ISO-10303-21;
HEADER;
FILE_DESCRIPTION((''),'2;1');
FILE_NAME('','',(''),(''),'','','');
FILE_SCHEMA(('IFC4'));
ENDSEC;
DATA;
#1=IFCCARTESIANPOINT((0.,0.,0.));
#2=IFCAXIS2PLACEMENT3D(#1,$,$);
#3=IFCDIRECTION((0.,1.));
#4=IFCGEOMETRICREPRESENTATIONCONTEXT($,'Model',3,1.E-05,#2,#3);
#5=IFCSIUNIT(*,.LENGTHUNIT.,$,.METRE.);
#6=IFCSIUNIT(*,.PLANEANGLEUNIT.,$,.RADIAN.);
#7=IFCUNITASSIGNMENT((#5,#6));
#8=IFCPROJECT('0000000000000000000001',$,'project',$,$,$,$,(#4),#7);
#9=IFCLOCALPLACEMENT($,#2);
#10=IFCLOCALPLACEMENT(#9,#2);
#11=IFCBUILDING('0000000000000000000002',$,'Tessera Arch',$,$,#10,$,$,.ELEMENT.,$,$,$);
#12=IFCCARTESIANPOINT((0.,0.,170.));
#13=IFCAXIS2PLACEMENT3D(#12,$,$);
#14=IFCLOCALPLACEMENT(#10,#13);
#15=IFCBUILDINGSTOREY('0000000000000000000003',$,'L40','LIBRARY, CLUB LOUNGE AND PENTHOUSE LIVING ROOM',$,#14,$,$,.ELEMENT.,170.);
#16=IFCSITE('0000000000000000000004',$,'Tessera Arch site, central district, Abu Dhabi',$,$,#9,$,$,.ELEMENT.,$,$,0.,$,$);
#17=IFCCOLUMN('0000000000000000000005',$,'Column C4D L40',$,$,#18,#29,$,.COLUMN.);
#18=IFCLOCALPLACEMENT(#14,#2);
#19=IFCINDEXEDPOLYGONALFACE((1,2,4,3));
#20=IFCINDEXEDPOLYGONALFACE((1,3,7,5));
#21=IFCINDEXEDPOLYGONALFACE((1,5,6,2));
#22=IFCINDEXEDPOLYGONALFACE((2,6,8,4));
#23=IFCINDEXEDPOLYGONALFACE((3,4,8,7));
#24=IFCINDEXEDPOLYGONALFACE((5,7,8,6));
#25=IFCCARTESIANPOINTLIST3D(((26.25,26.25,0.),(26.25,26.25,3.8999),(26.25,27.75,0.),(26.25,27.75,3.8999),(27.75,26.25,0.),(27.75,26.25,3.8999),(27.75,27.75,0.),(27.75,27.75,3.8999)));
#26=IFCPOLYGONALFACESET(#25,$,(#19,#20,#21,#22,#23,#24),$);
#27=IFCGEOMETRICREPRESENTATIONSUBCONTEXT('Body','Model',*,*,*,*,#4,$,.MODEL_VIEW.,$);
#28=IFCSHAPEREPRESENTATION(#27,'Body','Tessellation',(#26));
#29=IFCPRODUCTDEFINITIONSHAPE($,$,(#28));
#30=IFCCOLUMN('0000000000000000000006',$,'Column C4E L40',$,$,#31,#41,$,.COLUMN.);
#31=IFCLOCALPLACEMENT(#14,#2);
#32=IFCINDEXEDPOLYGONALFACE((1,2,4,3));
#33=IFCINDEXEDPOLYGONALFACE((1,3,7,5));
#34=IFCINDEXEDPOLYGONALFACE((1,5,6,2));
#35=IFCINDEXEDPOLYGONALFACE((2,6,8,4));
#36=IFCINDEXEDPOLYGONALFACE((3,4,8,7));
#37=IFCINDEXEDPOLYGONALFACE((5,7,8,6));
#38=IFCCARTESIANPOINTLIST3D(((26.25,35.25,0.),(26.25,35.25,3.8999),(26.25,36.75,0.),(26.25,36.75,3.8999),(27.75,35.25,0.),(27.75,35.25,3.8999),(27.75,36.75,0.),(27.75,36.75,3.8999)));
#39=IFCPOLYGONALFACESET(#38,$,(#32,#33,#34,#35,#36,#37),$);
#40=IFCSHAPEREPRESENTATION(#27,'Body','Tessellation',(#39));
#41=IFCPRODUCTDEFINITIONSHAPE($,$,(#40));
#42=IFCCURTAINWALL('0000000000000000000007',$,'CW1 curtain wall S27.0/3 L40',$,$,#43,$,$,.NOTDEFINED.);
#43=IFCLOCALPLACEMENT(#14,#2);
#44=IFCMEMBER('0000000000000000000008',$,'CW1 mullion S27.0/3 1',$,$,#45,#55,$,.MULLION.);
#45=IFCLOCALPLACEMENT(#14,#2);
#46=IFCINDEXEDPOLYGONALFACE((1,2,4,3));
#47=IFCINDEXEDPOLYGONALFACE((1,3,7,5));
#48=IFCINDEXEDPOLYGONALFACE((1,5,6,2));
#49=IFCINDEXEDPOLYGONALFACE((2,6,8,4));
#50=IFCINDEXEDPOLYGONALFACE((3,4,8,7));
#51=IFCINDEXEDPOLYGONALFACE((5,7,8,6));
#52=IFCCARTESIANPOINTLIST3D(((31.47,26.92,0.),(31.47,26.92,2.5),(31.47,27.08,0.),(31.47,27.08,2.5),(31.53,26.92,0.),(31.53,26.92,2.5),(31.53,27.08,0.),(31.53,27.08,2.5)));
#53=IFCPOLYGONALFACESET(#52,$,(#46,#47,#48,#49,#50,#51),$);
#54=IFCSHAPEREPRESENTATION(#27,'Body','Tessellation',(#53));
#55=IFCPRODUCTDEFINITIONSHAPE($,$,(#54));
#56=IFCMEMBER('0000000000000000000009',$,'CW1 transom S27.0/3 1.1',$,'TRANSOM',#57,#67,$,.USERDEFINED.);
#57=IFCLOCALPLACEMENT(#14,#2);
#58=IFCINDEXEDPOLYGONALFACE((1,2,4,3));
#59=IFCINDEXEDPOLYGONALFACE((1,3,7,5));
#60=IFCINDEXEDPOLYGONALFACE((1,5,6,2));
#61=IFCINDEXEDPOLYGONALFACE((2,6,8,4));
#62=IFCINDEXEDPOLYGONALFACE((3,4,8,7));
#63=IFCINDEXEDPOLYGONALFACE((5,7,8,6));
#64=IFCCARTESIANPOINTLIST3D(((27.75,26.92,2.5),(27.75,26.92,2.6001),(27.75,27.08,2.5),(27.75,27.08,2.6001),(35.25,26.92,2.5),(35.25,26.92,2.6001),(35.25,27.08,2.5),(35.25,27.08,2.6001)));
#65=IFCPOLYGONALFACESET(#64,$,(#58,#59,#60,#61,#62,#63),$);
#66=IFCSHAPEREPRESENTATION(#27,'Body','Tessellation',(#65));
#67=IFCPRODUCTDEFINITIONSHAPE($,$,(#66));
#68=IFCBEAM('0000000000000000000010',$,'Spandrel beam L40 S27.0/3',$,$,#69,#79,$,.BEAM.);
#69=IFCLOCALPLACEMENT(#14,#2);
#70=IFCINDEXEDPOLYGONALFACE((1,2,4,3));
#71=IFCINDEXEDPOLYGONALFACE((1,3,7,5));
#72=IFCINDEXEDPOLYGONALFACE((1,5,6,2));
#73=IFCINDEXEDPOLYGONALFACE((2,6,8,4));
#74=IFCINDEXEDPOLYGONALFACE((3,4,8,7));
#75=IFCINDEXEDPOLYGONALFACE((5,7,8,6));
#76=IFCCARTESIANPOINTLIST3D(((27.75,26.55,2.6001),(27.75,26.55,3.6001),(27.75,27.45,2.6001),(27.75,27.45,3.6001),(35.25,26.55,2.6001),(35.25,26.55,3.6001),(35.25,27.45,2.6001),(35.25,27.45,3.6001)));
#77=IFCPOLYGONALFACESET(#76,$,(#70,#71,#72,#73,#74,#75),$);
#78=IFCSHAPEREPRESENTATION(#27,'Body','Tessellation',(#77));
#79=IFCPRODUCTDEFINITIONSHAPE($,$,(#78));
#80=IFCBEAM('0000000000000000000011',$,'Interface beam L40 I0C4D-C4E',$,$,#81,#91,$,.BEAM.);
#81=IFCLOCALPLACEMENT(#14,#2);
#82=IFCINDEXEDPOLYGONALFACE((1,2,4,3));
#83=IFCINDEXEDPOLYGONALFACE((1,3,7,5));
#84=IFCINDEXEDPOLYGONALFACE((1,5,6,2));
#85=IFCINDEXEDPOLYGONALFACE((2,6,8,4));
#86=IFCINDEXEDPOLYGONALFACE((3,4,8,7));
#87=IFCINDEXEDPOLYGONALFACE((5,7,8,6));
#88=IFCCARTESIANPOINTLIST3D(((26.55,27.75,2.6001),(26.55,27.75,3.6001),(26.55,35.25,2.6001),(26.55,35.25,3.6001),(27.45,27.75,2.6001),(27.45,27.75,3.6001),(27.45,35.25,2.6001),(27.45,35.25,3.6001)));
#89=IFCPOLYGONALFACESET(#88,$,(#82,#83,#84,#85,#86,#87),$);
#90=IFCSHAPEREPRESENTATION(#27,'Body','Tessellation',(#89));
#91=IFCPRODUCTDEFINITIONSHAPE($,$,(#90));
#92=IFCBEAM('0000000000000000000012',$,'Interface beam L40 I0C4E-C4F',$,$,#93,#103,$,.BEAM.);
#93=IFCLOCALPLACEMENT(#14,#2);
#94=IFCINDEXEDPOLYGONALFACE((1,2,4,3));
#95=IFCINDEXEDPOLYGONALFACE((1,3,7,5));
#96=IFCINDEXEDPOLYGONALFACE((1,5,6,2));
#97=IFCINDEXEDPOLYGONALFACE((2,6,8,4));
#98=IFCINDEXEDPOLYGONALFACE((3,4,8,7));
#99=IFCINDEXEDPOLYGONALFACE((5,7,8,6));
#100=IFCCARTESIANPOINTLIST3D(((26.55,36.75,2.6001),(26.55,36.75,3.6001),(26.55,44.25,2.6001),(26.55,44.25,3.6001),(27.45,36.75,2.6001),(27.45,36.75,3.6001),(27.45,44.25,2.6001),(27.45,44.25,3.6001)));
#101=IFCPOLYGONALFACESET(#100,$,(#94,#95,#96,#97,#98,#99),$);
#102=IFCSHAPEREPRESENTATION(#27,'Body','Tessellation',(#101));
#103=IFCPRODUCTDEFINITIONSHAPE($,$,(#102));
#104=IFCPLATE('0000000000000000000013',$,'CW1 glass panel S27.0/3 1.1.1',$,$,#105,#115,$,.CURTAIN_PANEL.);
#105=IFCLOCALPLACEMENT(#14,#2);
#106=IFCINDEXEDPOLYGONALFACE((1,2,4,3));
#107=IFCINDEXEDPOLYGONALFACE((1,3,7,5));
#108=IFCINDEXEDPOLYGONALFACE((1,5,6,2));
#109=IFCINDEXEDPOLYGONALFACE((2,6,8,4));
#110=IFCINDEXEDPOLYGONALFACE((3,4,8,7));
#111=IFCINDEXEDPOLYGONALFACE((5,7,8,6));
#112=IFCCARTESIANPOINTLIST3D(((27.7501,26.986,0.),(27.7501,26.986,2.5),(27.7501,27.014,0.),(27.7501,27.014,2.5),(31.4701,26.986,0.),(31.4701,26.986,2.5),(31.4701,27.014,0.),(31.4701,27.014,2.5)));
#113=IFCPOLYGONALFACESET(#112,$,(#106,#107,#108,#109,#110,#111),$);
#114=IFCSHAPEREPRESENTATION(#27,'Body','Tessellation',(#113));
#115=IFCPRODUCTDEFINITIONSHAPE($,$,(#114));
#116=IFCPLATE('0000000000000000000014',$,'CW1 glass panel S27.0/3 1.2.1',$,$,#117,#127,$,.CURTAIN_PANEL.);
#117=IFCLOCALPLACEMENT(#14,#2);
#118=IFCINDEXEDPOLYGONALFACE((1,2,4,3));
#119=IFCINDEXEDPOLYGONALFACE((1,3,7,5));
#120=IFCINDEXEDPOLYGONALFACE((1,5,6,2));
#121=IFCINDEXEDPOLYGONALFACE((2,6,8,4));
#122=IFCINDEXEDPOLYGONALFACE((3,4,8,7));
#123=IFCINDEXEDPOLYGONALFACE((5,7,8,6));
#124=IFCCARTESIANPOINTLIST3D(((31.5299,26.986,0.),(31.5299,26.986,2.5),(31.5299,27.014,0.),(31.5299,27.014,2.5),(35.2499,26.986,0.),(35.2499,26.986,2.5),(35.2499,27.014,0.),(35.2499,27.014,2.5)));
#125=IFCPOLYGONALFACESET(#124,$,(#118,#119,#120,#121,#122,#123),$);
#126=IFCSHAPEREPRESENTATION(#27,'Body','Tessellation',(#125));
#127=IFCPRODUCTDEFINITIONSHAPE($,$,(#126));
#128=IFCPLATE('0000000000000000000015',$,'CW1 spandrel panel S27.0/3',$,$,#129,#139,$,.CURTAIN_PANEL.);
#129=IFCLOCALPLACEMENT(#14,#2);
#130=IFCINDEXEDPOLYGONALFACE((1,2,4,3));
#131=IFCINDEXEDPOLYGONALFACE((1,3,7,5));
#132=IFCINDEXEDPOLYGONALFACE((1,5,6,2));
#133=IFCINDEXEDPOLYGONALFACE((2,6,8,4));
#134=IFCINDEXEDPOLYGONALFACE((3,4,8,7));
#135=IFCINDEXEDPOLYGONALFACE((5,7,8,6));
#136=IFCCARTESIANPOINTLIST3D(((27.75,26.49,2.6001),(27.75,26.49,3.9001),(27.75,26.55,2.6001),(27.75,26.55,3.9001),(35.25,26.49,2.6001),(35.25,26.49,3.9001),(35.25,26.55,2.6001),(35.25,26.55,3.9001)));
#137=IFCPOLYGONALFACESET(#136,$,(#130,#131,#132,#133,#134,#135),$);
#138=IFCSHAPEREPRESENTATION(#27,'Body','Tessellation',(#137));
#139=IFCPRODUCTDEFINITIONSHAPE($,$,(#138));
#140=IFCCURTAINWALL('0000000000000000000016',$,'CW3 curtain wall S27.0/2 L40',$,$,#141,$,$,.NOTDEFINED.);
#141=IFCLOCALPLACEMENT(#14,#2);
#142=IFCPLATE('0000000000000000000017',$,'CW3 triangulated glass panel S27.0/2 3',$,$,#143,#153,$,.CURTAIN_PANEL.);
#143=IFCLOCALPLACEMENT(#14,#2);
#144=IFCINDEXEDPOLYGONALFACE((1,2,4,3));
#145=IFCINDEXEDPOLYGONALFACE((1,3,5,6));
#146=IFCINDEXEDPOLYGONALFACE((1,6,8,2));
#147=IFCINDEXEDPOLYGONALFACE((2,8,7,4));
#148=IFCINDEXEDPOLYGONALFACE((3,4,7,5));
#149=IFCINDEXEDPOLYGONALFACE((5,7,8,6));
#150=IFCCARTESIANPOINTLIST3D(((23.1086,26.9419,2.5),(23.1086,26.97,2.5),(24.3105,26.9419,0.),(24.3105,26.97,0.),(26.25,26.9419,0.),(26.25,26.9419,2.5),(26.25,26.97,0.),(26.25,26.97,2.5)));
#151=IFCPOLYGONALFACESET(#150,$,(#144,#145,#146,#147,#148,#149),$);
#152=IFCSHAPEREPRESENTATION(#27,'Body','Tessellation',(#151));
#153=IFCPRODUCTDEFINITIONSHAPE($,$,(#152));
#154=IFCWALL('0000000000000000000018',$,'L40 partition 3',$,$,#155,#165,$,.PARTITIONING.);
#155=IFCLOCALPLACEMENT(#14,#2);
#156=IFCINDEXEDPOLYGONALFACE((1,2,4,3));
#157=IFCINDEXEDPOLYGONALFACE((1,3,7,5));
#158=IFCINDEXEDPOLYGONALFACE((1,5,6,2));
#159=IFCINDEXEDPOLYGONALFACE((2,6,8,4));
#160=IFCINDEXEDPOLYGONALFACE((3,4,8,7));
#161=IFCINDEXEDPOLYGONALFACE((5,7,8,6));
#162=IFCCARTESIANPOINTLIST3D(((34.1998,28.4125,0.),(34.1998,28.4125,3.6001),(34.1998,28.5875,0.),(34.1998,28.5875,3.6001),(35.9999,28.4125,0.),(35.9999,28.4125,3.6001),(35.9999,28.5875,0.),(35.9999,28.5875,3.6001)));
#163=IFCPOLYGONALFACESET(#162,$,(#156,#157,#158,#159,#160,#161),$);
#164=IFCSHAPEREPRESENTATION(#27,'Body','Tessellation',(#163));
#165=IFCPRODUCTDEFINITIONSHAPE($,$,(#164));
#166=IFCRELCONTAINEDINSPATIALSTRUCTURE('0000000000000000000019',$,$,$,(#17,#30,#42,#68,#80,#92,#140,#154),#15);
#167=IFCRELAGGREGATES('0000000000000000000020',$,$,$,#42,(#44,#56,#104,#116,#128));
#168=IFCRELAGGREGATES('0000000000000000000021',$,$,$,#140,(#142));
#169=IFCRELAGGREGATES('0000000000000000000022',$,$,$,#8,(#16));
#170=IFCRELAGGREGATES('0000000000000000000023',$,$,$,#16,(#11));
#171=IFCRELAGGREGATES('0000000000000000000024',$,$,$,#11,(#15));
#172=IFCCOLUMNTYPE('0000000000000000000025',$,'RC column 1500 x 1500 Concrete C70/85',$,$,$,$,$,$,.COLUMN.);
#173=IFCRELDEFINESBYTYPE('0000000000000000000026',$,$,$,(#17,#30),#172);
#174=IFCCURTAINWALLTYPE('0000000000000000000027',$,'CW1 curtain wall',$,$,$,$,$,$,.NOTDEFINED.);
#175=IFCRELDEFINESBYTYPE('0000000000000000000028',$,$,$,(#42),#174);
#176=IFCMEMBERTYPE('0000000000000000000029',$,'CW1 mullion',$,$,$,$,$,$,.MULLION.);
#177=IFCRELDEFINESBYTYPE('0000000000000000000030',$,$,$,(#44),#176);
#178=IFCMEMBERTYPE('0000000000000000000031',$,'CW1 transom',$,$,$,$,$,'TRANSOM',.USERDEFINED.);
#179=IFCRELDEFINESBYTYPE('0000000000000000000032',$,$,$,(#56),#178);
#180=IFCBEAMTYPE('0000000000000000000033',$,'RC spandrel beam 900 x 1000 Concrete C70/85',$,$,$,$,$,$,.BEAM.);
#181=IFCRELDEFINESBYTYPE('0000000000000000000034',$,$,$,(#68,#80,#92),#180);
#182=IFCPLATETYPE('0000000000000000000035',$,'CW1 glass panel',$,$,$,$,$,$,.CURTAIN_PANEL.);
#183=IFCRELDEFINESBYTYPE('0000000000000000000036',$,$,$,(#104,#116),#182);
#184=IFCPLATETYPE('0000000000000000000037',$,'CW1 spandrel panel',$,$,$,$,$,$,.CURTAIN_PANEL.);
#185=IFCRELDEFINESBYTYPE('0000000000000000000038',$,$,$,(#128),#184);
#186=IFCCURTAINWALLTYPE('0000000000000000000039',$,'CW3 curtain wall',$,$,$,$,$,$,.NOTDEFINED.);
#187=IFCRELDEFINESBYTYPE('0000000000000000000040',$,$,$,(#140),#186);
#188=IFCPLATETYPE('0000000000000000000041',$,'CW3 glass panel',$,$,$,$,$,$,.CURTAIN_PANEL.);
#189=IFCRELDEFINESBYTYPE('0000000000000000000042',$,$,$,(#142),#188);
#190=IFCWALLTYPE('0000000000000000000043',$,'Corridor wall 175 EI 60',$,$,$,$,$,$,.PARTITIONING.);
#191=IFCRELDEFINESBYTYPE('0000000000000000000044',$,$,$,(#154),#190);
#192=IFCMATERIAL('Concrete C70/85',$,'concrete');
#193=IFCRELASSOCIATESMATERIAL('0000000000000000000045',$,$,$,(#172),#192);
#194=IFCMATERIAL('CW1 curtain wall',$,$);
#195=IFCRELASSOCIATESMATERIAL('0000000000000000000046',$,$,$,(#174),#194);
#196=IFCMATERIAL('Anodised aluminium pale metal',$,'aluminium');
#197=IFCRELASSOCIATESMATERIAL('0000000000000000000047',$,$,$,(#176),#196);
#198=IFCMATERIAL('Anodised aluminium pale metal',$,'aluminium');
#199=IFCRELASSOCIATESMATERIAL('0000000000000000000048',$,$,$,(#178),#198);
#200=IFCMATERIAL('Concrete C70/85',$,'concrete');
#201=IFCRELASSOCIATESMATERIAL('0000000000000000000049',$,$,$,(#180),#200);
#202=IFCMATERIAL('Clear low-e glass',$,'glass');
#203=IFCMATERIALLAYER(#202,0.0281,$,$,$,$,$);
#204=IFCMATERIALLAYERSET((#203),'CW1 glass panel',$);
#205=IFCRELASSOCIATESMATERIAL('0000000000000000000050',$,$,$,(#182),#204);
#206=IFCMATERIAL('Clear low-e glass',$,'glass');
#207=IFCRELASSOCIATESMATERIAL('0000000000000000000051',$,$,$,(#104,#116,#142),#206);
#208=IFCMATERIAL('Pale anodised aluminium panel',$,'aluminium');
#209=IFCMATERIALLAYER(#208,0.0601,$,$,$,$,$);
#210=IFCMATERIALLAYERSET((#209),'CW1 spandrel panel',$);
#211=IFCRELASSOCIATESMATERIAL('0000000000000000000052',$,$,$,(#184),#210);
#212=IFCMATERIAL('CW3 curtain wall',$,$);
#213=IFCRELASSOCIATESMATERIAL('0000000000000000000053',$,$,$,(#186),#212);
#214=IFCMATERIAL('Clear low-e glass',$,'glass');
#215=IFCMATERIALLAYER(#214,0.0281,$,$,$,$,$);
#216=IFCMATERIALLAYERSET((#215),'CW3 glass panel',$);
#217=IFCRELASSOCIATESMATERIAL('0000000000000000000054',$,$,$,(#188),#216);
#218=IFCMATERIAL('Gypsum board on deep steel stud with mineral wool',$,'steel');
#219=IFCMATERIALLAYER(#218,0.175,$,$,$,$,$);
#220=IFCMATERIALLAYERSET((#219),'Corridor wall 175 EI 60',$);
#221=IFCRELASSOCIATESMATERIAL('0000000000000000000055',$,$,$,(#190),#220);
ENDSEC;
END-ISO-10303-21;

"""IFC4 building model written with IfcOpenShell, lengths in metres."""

from ifc_helpers import new_model, si_unit, direction, frame, frame_2d, origin, origin_2d, place, context, subcontext, project, spatial, polyline, rectangle, outline, extrude, material, layer, layer_set, material_profile, profile_set, type_object, element, aggregate, save


model = new_model("IFC4")

# Units and contexts
model_context = context("Model", 3, precision=1e-05, world=origin(), true_north=direction((0.0, 1.0)))
body_context = subcontext(model_context, "Body", "Model", "MODEL_VIEW")
ifc_project = project(units=[si_unit("LENGTHUNIT", "METRE"), si_unit("PLANEANGLEUNIT", "RADIAN")], contexts=[model_context])

# Site, building, storey
site_placement = place(None, origin())
site = spatial("IfcSite", under=ifc_project, at=site_placement, Name="Tessera Arch site, central district, Abu Dhabi", CompositionType="ELEMENT", RefElevation=0.0)
building_placement = place(site_placement, origin())
building = spatial("IfcBuilding", under=site, at=building_placement, Name="Tessera Arch", CompositionType="ELEMENT")
storey_placement = place(building_placement, frame((0.0, 0.0, 170.0)))
storey = spatial("IfcBuildingStorey", under=building, at=storey_placement, Name="L40", Description="LIBRARY, CLUB LOUNGE AND PENTHOUSE LIVING ROOM", CompositionType="ELEMENT", Elevation=170.0)

# Columns
ifc_material_1 = material(Name="Concrete C70/85", Category="concrete")
ifc_material_profile_1 = material_profile(ifc_material_1, rectangle(XDim=1.5, YDim=1.5, at=origin_2d()), Name="RC column 1500 x 1500 Concrete C70/85")
ifc_profile_set_1 = profile_set([ifc_material_profile_1], Name="Concrete C70/85")
column_type = type_object("IfcColumnType", Name="RC column 1500 x 1500 Concrete C70/85", PredefinedType="COLUMN", material=ifc_profile_set_1)
for number, where, z_axis, x_axis, name in (
    (1, (27.0, 27.0, 0.0), (0.0, 0.0, 1.0), (1.0, 0.0, 0.0), "Column C4D L40"),
    (2, (27.0, 36.0, 0.0), (0.0, 0.0, 1.0), (1.0, 0.0, 0.0), "Column C4E L40"),
):
    element("IfcColumn", number, at=place(storey_placement, frame(where, z_axis=z_axis, x_axis=x_axis)), inside=storey, type_object=column_type, Name=name, PredefinedType="COLUMN", context=body_context, shape_type="SweptSolid", body=[
        extrude(rectangle(XDim=1.5, YDim=1.5, at=origin_2d()), origin(), (0.0, 0.0, 1.0), 3.8999),
    ])

# Curtain wall, members
ifc_material_2 = material(Name="CW1 curtain wall")
curtain_wall_type_1 = type_object("IfcCurtainWallType", Name="CW1 curtain wall", PredefinedType="NOTDEFINED", material=ifc_material_2)
curtain_wall_1_placement = place(storey_placement, origin())
curtain_wall_1 = element("IfcCurtainWall", 3, at=curtain_wall_1_placement, inside=storey, type_object=curtain_wall_type_1, Name="CW1 curtain wall S27.0/3 L40", PredefinedType="NOTDEFINED")
ifc_material_3 = material(Name="Anodised aluminium pale metal", Category="aluminium")
ifc_material_profile_2 = material_profile(ifc_material_3, rectangle(XDim=0.1599, YDim=0.0601, at=origin_2d()), Name="AL 60x160")
ifc_profile_set_2 = profile_set([ifc_material_profile_2], Name="Anodised aluminium pale metal")
member_type_1 = type_object("IfcMemberType", Name="CW1 mullion", PredefinedType="MULLION", material=ifc_profile_set_2)
member_1_placement = place(storey_placement, frame((31.5, 27.0, 0.0), z_axis=(0.0, 0.0, 1.0), x_axis=(0.0, 1.0, 0.0)))
member_1 = element("IfcMember", 4, at=member_1_placement, type_object=member_type_1, Name="CW1 mullion S27.0/3 1", PredefinedType="MULLION", context=body_context, shape_type="SweptSolid", body=[
    extrude(rectangle(XDim=0.1599, YDim=0.0601, at=origin_2d()), origin(), (0.0, 0.0, 1.0), 2.5),
])
ifc_material_4 = material(Name="Anodised aluminium pale metal", Category="aluminium")
ifc_material_profile_3 = material_profile(ifc_material_4, rectangle(XDim=0.1599, YDim=0.1001, at=origin_2d()), Name="AL 160x100")
ifc_profile_set_3 = profile_set([ifc_material_profile_3], Name="Anodised aluminium pale metal")
member_type_2 = type_object("IfcMemberType", Name="CW1 transom", ElementType="TRANSOM", PredefinedType="USERDEFINED", material=ifc_profile_set_3)
member_2_placement = place(storey_placement, frame((27.75, 27.0, 2.55), z_axis=(1.0, 0.0, 0.0), x_axis=(0.0, 1.0, 0.0)))
member_2 = element("IfcMember", 5, at=member_2_placement, type_object=member_type_2, Name="CW1 transom S27.0/3 1.1", ObjectType="TRANSOM", PredefinedType="USERDEFINED", context=body_context, shape_type="SweptSolid", body=[
    extrude(rectangle(XDim=0.1599, YDim=0.1001, at=origin_2d()), origin(), (0.0, 0.0, 1.0), 7.5),
])

# Beams
ifc_material_5 = material(Name="Concrete C70/85", Category="concrete")
ifc_material_profile_4 = material_profile(ifc_material_5, rectangle(XDim=0.8999, YDim=1.0, at=origin_2d()), Name="RC spandrel beam 900 x 1000 Concrete C70/85")
ifc_profile_set_4 = profile_set([ifc_material_profile_4], Name="Concrete C70/85")
beam_type = type_object("IfcBeamType", Name="RC spandrel beam 900 x 1000 Concrete C70/85", PredefinedType="BEAM", material=ifc_profile_set_4)
for number, where, z_axis, x_axis, name in (
    (6, (27.75, 27.0, 3.1001), (1.0, 0.0, 0.0), (0.0, 1.0, 0.0), "Spandrel beam L40 S27.0/3"),
    (7, (27.0, 27.75, 3.1001), (0.0, 1.0, 0.0), (-1.0, 0.0, 0.0), "Interface beam L40 I0C4D-C4E"),
    (8, (27.0, 36.75, 3.1001), (0.0, 1.0, 0.0), (-1.0, 0.0, 0.0), "Interface beam L40 I0C4E-C4F"),
):
    element("IfcBeam", number, at=place(storey_placement, frame(where, z_axis=z_axis, x_axis=x_axis)), inside=storey, type_object=beam_type, Name=name, PredefinedType="BEAM", context=body_context, shape_type="SweptSolid", body=[
        extrude(rectangle(XDim=0.8999, YDim=1.0, at=origin_2d()), origin(), (0.0, 0.0, 1.0), 7.5),
    ])

# Plates
ifc_material_6 = material(Name="Clear low-e glass", Category="glass")
ifc_material_7 = material(Name="Clear low-e glass", Category="glass")
ifc_layer_1 = layer(ifc_material_7, 0.0281)
ifc_layer_set_1 = layer_set([ifc_layer_1], Name="CW1 glass panel")
plate_type_1 = type_object("IfcPlateType", Name="CW1 glass panel", PredefinedType="CURTAIN_PANEL", material=ifc_layer_set_1)
plate_1_placement = place(storey_placement, frame((29.6101, 27.0, 0.0), z_axis=(0.0, 0.0, 1.0), x_axis=(1.0, 0.0, 0.0)))
plate_1 = element("IfcPlate", 9, at=plate_1_placement, type_object=plate_type_1, material=ifc_material_6, Name="CW1 glass panel S27.0/3 1.1.1", PredefinedType="CURTAIN_PANEL", context=body_context, shape_type="SweptSolid", body=[
    extrude(rectangle(XDim=3.72, YDim=0.0281, at=origin_2d()), origin(), (0.0, 0.0, 1.0), 2.5),
])
plate_2_placement = place(storey_placement, frame((33.3899, 27.0, 0.0), z_axis=(0.0, 0.0, 1.0), x_axis=(1.0, 0.0, 0.0)))
plate_2 = element("IfcPlate", 10, at=plate_2_placement, type_object=plate_type_1, material=ifc_material_6, Name="CW1 glass panel S27.0/3 1.2.1", PredefinedType="CURTAIN_PANEL", context=body_context, shape_type="SweptSolid", body=[
    extrude(rectangle(XDim=3.72, YDim=0.0281, at=origin_2d()), origin(), (0.0, 0.0, 1.0), 2.5),
])
ifc_material_8 = material(Name="Pale anodised aluminium panel", Category="aluminium")
ifc_layer_2 = layer(ifc_material_8, 0.0601)
ifc_layer_set_2 = layer_set([ifc_layer_2], Name="CW1 spandrel panel")
plate_type_2 = type_object("IfcPlateType", Name="CW1 spandrel panel", PredefinedType="CURTAIN_PANEL", material=ifc_layer_set_2)
plate_3_placement = place(storey_placement, frame((31.5, 26.52, 2.6001), z_axis=(0.0, 0.0, 1.0), x_axis=(1.0, 0.0, 0.0)))
plate_3 = element("IfcPlate", 11, at=plate_3_placement, type_object=plate_type_2, Name="CW1 spandrel panel S27.0/3", PredefinedType="CURTAIN_PANEL", context=body_context, shape_type="SweptSolid", body=[
    extrude(rectangle(XDim=7.5, YDim=0.0601, at=origin_2d()), origin(), (0.0, 0.0, 1.0), 1.3),
])
aggregate(curtain_wall_1, [member_1, member_2, plate_1, plate_2, plate_3])

# Curtain wall, plate
ifc_material_9 = material(Name="CW3 curtain wall")
curtain_wall_type_2 = type_object("IfcCurtainWallType", Name="CW3 curtain wall", PredefinedType="NOTDEFINED", material=ifc_material_9)
curtain_wall_2_placement = place(storey_placement, origin())
curtain_wall_2 = element("IfcCurtainWall", 12, at=curtain_wall_2_placement, inside=storey, type_object=curtain_wall_type_2, Name="CW3 curtain wall S27.0/2 L40", PredefinedType="NOTDEFINED")
ifc_material_10 = material(Name="Clear low-e glass", Category="glass")
ifc_layer_3 = layer(ifc_material_10, 0.0281)
ifc_layer_set_3 = layer_set([ifc_layer_3], Name="CW3 glass panel")
plate_type_3 = type_object("IfcPlateType", Name="CW3 glass panel", PredefinedType="CURTAIN_PANEL", material=ifc_layer_set_3)
plate_4_placement = place(storey_placement, frame((26.25, 26.9419, 2.5), z_axis=(0.0, -1.0, 0.0), x_axis=(-1.0, 0.0, 0.0)))
plate_4 = element("IfcPlate", 13, at=plate_4_placement, type_object=plate_type_3, material=ifc_material_6, Name="CW3 triangulated glass panel S27.0/2 3", PredefinedType="CURTAIN_PANEL", context=body_context, shape_type="SweptSolid", body=[
    extrude(outline(polyline([(0.0, 0.0), (3.1414, 0.0), (1.9395, 2.5), (0.0, 2.5), (0.0, 0.0)])), origin(), (0.0, 0.0, -1.0), 0.0281),
])
aggregate(curtain_wall_2, [plate_4])

# Wall
ifc_material_11 = material(Name="Gypsum board on deep steel stud with mineral wool", Category="steel")
ifc_layer_4 = layer(ifc_material_11, 0.175)
ifc_layer_set_4 = layer_set([ifc_layer_4], Name="Corridor wall 175 EI 60")
wall_type_1 = type_object("IfcWallType", Name="Corridor wall 175 EI 60", PredefinedType="PARTITIONING", material=ifc_layer_set_4)
wall_1_placement = place(storey_placement, frame((34.2, 28.5, 0.0), z_axis=(0.0, 0.0, 1.0), x_axis=(1.0, 0.0, 0.0)))
element("IfcWall", 14, at=wall_1_placement, inside=storey, type_object=wall_type_1, Name="L40 partition 3", PredefinedType="PARTITIONING", context=body_context, shape_type="SweptSolid", body=[
    extrude(rectangle(XDim=1.8, YDim=0.175, at=frame_2d((0.8999, 0.0))), origin(), (0.0, 0.0, 1.0), 3.6001),
])

save(model, "model.ifc")
